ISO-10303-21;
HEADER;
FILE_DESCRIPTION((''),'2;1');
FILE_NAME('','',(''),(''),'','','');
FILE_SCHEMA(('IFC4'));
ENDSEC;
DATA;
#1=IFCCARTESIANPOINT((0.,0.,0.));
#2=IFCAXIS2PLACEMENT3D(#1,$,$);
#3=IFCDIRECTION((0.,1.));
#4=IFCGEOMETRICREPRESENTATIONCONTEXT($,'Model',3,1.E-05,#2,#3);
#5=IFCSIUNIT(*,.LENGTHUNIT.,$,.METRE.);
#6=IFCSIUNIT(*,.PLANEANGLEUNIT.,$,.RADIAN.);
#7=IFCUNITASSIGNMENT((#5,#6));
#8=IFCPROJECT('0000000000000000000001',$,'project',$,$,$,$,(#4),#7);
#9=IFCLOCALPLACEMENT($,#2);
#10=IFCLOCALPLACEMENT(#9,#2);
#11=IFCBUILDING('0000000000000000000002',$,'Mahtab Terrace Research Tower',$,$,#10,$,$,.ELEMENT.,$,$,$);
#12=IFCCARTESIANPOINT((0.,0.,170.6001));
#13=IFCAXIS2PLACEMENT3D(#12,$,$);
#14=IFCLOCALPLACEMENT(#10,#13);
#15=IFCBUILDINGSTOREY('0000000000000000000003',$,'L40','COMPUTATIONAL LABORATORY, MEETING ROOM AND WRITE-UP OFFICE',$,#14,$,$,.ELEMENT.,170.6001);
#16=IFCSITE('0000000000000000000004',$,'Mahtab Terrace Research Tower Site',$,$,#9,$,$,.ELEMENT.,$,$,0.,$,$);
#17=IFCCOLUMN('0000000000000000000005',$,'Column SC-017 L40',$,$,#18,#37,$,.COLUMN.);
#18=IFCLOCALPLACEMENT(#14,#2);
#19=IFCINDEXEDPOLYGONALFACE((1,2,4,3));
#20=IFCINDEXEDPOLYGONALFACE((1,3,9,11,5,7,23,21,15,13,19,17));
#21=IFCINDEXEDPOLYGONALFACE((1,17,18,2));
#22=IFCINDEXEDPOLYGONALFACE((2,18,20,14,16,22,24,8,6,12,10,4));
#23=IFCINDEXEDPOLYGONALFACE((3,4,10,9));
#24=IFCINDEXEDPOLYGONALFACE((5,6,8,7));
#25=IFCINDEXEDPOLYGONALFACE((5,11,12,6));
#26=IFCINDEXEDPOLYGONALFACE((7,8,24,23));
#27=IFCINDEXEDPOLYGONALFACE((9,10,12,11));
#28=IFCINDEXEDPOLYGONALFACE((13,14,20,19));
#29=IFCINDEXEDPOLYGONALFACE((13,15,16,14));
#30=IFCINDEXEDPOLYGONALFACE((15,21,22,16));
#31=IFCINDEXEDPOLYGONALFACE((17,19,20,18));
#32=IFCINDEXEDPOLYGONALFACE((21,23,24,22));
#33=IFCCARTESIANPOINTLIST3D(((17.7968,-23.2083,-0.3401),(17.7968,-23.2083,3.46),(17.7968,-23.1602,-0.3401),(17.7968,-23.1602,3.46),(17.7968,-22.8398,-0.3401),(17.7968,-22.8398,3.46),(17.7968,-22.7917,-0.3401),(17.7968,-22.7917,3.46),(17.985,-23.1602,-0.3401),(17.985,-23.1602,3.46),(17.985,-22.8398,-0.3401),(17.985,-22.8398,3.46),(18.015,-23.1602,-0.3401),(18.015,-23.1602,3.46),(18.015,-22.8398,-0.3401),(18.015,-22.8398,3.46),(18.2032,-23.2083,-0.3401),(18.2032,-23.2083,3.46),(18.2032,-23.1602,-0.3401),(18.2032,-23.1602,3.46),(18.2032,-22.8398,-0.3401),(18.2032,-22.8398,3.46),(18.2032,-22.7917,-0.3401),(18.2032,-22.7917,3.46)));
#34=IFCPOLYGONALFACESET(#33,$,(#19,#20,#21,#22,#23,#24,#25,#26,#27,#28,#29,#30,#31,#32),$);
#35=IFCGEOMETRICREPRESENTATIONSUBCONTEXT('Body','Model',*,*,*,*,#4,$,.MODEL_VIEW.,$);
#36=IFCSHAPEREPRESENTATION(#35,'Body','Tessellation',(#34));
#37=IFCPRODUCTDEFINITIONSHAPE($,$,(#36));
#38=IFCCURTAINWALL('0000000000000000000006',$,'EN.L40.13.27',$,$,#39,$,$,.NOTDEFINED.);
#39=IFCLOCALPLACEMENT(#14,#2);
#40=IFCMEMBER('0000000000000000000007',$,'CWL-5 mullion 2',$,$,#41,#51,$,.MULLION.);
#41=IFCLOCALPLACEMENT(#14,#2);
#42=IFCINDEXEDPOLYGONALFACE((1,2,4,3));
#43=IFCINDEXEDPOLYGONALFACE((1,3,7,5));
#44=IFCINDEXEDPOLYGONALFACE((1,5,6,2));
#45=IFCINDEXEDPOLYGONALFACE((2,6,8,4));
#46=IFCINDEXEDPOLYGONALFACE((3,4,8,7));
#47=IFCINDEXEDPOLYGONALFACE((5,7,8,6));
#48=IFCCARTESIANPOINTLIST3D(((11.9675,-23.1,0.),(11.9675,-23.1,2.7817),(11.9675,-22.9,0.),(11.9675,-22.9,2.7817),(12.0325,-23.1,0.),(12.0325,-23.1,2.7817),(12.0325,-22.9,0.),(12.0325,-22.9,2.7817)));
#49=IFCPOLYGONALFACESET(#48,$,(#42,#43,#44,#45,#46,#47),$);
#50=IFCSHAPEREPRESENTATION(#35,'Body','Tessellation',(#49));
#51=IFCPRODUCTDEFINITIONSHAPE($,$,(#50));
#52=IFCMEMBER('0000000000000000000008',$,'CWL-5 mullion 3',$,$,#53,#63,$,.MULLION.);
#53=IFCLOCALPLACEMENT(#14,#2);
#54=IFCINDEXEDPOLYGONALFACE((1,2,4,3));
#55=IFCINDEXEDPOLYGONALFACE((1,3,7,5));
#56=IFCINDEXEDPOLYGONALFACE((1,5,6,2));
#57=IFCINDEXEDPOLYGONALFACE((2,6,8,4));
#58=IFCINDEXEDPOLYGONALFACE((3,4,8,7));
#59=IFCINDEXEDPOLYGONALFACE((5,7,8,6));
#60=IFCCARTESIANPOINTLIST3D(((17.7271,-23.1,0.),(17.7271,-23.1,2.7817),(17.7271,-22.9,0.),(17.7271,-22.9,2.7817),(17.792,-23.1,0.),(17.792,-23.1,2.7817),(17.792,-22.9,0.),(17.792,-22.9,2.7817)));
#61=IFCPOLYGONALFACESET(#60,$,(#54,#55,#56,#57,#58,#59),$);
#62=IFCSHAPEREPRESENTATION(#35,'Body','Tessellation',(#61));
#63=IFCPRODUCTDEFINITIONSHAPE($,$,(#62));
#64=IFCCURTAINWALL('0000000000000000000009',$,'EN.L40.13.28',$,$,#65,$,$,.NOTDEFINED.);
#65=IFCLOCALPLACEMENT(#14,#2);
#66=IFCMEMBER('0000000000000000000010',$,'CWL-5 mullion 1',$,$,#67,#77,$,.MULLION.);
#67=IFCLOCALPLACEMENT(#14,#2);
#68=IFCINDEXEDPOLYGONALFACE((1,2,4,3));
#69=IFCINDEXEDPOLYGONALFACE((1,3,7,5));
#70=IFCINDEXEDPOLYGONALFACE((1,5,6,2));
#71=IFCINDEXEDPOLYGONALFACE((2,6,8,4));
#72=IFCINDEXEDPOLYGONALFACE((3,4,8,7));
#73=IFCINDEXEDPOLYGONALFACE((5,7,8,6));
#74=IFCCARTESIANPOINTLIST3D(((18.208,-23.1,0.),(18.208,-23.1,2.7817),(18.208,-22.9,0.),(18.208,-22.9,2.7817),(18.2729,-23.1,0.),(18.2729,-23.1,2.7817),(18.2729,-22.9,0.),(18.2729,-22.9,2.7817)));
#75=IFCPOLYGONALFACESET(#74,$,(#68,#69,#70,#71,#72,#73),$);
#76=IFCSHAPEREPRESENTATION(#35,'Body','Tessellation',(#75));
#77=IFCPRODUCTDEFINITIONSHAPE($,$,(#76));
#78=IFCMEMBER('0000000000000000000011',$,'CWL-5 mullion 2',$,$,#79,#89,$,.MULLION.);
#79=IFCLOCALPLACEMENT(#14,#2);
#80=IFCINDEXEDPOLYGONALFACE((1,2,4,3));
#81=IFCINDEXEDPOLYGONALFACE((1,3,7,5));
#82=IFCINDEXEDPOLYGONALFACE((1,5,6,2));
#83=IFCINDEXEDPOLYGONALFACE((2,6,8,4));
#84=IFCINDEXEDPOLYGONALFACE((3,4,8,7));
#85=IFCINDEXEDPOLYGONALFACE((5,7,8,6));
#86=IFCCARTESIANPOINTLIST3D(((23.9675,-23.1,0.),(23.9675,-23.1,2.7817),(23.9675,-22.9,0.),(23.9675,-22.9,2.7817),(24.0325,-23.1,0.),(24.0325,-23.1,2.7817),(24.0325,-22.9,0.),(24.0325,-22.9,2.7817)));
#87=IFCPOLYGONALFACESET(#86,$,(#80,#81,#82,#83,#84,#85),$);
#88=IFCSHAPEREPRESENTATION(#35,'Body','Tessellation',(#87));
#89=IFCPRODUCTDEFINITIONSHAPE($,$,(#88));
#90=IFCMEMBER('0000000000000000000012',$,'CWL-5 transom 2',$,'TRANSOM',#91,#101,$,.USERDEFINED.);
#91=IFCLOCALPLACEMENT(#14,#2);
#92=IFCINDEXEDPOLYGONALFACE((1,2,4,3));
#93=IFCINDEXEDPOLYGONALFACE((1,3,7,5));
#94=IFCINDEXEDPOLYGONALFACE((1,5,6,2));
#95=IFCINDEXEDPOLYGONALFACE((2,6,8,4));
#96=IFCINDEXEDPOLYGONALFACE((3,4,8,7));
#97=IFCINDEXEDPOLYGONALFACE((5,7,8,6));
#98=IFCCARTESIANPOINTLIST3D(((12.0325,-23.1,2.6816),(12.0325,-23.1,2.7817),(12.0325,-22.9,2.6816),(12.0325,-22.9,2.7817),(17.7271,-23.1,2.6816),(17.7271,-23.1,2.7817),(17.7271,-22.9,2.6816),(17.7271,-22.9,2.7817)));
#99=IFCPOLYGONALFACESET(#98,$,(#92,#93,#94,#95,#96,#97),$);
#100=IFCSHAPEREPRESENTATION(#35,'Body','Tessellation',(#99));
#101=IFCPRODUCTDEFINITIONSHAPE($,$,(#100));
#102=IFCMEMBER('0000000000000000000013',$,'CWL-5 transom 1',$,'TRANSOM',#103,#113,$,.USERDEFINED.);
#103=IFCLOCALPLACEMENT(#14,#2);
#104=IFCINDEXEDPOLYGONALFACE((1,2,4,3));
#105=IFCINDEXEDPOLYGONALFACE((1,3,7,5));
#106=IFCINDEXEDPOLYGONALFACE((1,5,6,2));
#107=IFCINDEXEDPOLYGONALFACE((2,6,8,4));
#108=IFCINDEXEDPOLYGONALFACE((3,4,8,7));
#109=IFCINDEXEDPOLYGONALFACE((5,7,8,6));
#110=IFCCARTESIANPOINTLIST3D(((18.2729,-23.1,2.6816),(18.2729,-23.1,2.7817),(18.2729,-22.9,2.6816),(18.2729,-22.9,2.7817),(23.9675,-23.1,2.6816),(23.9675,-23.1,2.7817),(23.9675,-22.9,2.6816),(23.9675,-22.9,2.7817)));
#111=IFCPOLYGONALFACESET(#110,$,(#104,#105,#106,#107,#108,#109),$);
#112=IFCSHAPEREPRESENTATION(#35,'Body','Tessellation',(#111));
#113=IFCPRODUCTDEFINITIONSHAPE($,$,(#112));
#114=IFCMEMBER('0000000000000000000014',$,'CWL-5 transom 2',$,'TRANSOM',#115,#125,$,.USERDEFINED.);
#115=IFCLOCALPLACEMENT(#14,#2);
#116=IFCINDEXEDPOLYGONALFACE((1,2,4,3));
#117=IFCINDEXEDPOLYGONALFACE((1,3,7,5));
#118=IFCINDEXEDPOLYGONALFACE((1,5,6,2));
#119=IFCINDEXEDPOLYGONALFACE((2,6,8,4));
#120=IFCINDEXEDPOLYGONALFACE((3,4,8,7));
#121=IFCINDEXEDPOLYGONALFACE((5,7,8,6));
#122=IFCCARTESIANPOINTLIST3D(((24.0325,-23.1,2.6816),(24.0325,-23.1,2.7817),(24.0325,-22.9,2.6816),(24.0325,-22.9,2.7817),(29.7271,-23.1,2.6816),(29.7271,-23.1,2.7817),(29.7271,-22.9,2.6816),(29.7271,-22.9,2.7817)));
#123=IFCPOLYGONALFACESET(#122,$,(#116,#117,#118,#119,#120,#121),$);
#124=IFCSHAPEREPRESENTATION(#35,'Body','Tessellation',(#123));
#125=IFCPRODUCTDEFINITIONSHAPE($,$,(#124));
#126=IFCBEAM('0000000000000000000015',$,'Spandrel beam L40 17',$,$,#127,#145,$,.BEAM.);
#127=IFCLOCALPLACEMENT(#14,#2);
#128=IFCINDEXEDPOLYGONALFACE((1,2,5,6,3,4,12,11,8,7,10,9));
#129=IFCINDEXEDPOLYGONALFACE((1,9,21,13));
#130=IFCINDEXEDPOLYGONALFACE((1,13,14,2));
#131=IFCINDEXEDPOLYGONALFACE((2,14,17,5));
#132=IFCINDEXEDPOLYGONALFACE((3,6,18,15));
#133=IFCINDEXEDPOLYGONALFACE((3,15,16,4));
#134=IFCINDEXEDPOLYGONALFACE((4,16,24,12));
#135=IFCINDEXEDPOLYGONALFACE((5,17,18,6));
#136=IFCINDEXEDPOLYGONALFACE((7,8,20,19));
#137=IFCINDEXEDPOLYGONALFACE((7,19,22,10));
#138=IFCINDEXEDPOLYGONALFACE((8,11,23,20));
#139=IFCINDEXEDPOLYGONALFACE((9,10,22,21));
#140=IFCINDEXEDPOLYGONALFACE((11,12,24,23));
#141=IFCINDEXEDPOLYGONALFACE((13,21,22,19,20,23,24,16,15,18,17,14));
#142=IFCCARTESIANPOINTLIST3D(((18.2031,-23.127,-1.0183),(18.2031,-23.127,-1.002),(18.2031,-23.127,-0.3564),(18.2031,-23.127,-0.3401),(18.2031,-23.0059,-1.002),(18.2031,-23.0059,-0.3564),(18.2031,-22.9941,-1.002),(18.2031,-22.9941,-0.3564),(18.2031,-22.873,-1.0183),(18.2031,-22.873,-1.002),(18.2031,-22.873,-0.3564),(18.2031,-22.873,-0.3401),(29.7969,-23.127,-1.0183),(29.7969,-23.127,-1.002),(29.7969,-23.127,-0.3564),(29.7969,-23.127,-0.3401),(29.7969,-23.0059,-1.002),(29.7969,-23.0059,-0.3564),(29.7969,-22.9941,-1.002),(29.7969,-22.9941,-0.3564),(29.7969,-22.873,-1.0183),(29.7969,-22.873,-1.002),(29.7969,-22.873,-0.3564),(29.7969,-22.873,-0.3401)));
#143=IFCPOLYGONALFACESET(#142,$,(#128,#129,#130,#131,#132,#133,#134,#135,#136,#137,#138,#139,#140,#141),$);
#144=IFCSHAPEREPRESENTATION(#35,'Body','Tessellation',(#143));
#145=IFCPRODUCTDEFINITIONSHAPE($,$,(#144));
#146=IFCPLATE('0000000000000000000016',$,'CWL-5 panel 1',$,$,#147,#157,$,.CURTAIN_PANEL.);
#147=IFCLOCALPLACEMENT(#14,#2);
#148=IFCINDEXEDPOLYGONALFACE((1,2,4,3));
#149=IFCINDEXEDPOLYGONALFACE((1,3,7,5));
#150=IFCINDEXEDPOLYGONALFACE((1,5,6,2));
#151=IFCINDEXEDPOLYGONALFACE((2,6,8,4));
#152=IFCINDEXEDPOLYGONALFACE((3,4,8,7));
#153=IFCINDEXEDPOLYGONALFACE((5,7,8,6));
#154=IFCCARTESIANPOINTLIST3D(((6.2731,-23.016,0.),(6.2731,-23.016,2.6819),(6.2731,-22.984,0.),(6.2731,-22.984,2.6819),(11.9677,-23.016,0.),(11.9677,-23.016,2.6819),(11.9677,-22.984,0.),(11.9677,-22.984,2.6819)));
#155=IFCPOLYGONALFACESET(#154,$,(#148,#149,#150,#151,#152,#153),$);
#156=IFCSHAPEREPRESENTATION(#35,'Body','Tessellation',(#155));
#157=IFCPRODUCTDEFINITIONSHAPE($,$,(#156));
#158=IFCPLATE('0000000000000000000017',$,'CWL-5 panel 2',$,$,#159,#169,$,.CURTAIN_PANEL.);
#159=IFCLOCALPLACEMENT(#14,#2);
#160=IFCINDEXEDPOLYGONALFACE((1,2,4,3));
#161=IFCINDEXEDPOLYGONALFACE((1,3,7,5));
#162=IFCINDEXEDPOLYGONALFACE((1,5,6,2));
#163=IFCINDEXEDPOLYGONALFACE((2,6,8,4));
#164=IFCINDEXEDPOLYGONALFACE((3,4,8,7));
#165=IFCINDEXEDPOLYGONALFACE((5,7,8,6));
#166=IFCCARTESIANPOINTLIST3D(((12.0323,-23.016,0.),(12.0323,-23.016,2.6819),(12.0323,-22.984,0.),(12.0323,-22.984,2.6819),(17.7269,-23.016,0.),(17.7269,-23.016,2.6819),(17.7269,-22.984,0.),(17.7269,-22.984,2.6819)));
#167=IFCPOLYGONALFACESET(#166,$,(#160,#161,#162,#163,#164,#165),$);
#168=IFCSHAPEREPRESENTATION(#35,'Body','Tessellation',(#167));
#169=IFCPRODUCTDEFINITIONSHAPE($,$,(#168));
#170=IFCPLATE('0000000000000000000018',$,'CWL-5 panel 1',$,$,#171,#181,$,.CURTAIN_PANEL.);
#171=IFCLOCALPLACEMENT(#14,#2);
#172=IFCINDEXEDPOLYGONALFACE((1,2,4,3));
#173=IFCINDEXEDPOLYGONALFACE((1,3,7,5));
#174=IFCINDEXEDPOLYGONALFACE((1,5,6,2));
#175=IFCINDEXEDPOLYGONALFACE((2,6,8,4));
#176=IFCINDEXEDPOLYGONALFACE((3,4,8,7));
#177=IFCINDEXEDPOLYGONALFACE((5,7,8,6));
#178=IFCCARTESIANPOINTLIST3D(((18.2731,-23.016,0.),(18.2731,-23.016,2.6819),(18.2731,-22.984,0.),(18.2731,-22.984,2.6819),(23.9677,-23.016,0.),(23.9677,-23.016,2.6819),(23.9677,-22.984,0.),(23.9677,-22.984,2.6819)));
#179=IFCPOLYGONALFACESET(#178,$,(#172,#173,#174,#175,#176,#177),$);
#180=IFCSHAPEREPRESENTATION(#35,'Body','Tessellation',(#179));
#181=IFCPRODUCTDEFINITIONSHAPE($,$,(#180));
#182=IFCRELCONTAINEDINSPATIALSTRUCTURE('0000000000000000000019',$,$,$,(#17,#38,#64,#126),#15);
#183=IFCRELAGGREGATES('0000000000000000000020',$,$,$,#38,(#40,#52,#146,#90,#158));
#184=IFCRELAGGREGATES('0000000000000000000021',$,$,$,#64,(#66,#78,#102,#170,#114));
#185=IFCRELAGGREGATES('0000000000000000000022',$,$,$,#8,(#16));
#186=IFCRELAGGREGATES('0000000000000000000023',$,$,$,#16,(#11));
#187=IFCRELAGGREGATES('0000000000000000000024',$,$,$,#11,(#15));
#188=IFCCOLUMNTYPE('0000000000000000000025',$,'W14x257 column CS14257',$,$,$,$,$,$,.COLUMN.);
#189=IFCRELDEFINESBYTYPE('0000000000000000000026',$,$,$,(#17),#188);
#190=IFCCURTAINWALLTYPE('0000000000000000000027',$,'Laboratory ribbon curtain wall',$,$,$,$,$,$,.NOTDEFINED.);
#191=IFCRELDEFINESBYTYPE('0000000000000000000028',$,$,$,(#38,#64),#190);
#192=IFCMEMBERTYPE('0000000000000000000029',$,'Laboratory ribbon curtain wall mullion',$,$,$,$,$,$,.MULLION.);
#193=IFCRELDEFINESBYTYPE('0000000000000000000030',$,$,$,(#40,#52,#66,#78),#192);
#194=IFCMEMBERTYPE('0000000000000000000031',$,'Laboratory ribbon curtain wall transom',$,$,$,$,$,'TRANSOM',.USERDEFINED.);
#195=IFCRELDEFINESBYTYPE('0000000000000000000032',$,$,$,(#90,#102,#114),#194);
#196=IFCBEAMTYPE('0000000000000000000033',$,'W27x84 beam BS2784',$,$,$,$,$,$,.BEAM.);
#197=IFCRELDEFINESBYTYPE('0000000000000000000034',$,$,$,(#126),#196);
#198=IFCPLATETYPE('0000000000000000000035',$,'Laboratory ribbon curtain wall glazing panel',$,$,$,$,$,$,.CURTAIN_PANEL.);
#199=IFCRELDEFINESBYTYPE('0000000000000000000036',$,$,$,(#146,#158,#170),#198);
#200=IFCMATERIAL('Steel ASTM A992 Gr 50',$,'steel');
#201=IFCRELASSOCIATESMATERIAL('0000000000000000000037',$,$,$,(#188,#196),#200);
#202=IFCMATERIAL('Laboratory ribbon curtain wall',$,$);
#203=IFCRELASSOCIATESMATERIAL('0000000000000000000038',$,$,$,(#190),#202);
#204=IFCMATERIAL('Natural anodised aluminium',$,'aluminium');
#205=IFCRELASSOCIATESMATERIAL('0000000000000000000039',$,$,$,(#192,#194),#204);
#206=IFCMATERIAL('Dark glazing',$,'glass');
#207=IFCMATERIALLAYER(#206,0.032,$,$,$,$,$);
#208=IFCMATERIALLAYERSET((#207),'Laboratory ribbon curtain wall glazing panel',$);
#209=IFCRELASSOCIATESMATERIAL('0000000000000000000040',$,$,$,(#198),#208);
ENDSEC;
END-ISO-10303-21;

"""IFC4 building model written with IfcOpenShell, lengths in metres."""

from ifc_helpers import new_model, si_unit, direction, frame, origin, origin_2d, place, context, subcontext, project, spatial, rectangle, i_section, extrude, material, layer, layer_set, material_profile, profile_set, type_object, element, aggregate, save


model = new_model("IFC4")

# Units and contexts
model_context = context("Model", 3, precision=1e-05, world=origin(), true_north=direction((0.0, 1.0)))
body_context = subcontext(model_context, "Body", "Model", "MODEL_VIEW")
ifc_project = project(units=[si_unit("LENGTHUNIT", "METRE"), si_unit("PLANEANGLEUNIT", "RADIAN")], contexts=[model_context])

# Site, building, storey
site_placement = place(None, origin())
site = spatial("IfcSite", under=ifc_project, at=site_placement, Name="Mahtab Terrace Research Tower Site", CompositionType="ELEMENT", RefElevation=0.0)
building_placement = place(site_placement, origin())
building = spatial("IfcBuilding", under=site, at=building_placement, Name="Mahtab Terrace Research Tower", CompositionType="ELEMENT")
storey_placement = place(building_placement, frame((0.0, 0.0, 170.6001)))
storey = spatial("IfcBuildingStorey", under=building, at=storey_placement, Name="L40", Description="COMPUTATIONAL LABORATORY, MEETING ROOM AND WRITE-UP OFFICE", CompositionType="ELEMENT", Elevation=170.6001)

# Column
ifc_material_1 = material(Name="Steel ASTM A992 Gr 50", Category="steel")
ifc_material_profile_1 = material_profile(ifc_material_1, i_section(OverallWidth=0.4065, OverallDepth=0.4165, WebThickness=0.03, FlangeThickness=0.0481, at=origin_2d()), Name="W14X257")
ifc_profile_set_1 = profile_set([ifc_material_profile_1], Name="Steel ASTM A992 Gr 50")
column_type = type_object("IfcColumnType", Name="W14x257 column CS14257", PredefinedType="COLUMN", material=ifc_profile_set_1)
column_placement = place(storey_placement, frame((18.0, -23.0, -0.3401), z_axis=(0.0, 0.0, 1.0), x_axis=(1.0, 0.0, 0.0)))
element("IfcColumn", 1, at=column_placement, inside=storey, type_object=column_type, Name="Column SC-017 L40", PredefinedType="COLUMN", context=body_context, shape_type="SweptSolid", body=[
    extrude(i_section(OverallWidth=0.4065, OverallDepth=0.4165, WebThickness=0.03, FlangeThickness=0.0481, at=origin_2d()), origin(), (0.0, 0.0, 1.0), 3.8),
])

# Curtain walls, members
ifc_material_2 = material(Name="Laboratory ribbon curtain wall")
curtain_wall_type = type_object("IfcCurtainWallType", Name="Laboratory ribbon curtain wall", PredefinedType="NOTDEFINED", material=ifc_material_2)
curtain_wall_1_placement = place(storey_placement, origin())
curtain_wall_1 = element("IfcCurtainWall", 2, at=curtain_wall_1_placement, inside=storey, type_object=curtain_wall_type, Name="EN.L40.13.27", PredefinedType="NOTDEFINED")
ifc_material_3 = material(Name="Natural anodised aluminium", Category="aluminium")
ifc_material_profile_2 = material_profile(ifc_material_3, rectangle(XDim=0.2, YDim=0.0649, at=origin_2d()), Name="MULLION 65x200")
ifc_profile_set_2 = profile_set([ifc_material_profile_2], Name="Natural anodised aluminium")
member_type_1 = type_object("IfcMemberType", Name="Laboratory ribbon curtain wall mullion", PredefinedType="MULLION", material=ifc_profile_set_2)
member_1_placement = place(storey_placement, frame((12.0, -23.0, 0.0), z_axis=(0.0, 0.0, 1.0), x_axis=(0.0, 1.0, 0.0)))
member_1 = element("IfcMember", 3, at=member_1_placement, type_object=member_type_1, Name="CWL-5 mullion 2", PredefinedType="MULLION", context=body_context, shape_type="SweptSolid", body=[
    extrude(rectangle(XDim=0.2, YDim=0.0649, at=origin_2d()), origin(), (0.0, 0.0, 1.0), 2.7817),
])
member_2_placement = place(storey_placement, frame((17.7595, -23.0, 0.0), z_axis=(0.0, 0.0, 1.0), x_axis=(0.0, 1.0, 0.0)))
member_2 = element("IfcMember", 4, at=member_2_placement, type_object=member_type_1, Name="CWL-5 mullion 3", PredefinedType="MULLION", context=body_context, shape_type="SweptSolid", body=[
    extrude(rectangle(XDim=0.2, YDim=0.0649, at=origin_2d()), origin(), (0.0, 0.0, 1.0), 2.7817),
])
curtain_wall_2_placement = place(storey_placement, origin())
curtain_wall_2 = element("IfcCurtainWall", 5, at=curtain_wall_2_placement, inside=storey, type_object=curtain_wall_type, Name="EN.L40.13.28", PredefinedType="NOTDEFINED")
member_3_placement = place(storey_placement, frame((18.2405, -23.0, 0.0), z_axis=(0.0, 0.0, 1.0), x_axis=(0.0, 1.0, 0.0)))
member_3 = element("IfcMember", 6, at=member_3_placement, type_object=member_type_1, Name="CWL-5 mullion 1", PredefinedType="MULLION", context=body_context, shape_type="SweptSolid", body=[
    extrude(rectangle(XDim=0.2, YDim=0.0649, at=origin_2d()), origin(), (0.0, 0.0, 1.0), 2.7817),
])
member_4_placement = place(storey_placement, frame((24.0, -23.0, 0.0), z_axis=(0.0, 0.0, 1.0), x_axis=(0.0, 1.0, 0.0)))
member_4 = element("IfcMember", 7, at=member_4_placement, type_object=member_type_1, Name="CWL-5 mullion 2", PredefinedType="MULLION", context=body_context, shape_type="SweptSolid", body=[
    extrude(rectangle(XDim=0.2, YDim=0.0649, at=origin_2d()), origin(), (0.0, 0.0, 1.0), 2.7817),
])

# Members
ifc_material_profile_3 = material_profile(ifc_material_3, rectangle(XDim=0.2, YDim=0.1001, at=origin_2d()), Name="TRANSOM 100x200")
ifc_profile_set_3 = profile_set([ifc_material_profile_3], Name="Natural anodised aluminium")
member_type_2 = type_object("IfcMemberType", Name="Laboratory ribbon curtain wall transom", ElementType="TRANSOM", PredefinedType="USERDEFINED", material=ifc_profile_set_3)
member_5_placement = place(storey_placement, frame((12.0325, -23.0, 2.7317), z_axis=(1.0, 0.0, 0.0), x_axis=(0.0, 1.0, 0.0)))
member_5 = element("IfcMember", 8, at=member_5_placement, type_object=member_type_2, Name="CWL-5 transom 2", ObjectType="TRANSOM", PredefinedType="USERDEFINED", context=body_context, shape_type="SweptSolid", body=[
    extrude(rectangle(XDim=0.2, YDim=0.1001, at=origin_2d()), origin(), (0.0, 0.0, 1.0), 5.6946),
])
member_6_placement = place(storey_placement, frame((18.2729, -23.0, 2.7317), z_axis=(1.0, 0.0, 0.0), x_axis=(0.0, 1.0, 0.0)))
member_6 = element("IfcMember", 9, at=member_6_placement, type_object=member_type_2, Name="CWL-5 transom 1", ObjectType="TRANSOM", PredefinedType="USERDEFINED", context=body_context, shape_type="SweptSolid", body=[
    extrude(rectangle(XDim=0.2, YDim=0.1001, at=origin_2d()), origin(), (0.0, 0.0, 1.0), 5.6946),
])
member_7_placement = place(storey_placement, frame((24.0325, -23.0, 2.7317), z_axis=(1.0, 0.0, 0.0), x_axis=(0.0, 1.0, 0.0)))
member_7 = element("IfcMember", 10, at=member_7_placement, type_object=member_type_2, Name="CWL-5 transom 2", ObjectType="TRANSOM", PredefinedType="USERDEFINED", context=body_context, shape_type="SweptSolid", body=[
    extrude(rectangle(XDim=0.2, YDim=0.1001, at=origin_2d()), origin(), (0.0, 0.0, 1.0), 5.6946),
])

# Beam
ifc_material_profile_4 = material_profile(ifc_material_1, i_section(OverallWidth=0.2539, OverallDepth=0.6782, WebThickness=0.0117, FlangeThickness=0.0164, at=origin_2d()), Name="W27X84")
ifc_profile_set_4 = profile_set([ifc_material_profile_4], Name="Steel ASTM A992 Gr 50")
beam_type = type_object("IfcBeamType", Name="W27x84 beam BS2784", PredefinedType="BEAM", material=ifc_profile_set_4)
beam_placement = place(storey_placement, frame((18.2031, -23.0, -0.6792), z_axis=(1.0, 0.0, 0.0), x_axis=(0.0, 1.0, 0.0)))
element("IfcBeam", 11, at=beam_placement, inside=storey, type_object=beam_type, Name="Spandrel beam L40 17", PredefinedType="BEAM", context=body_context, shape_type="SweptSolid", body=[
    extrude(i_section(OverallWidth=0.2539, OverallDepth=0.6782, WebThickness=0.0117, FlangeThickness=0.0164, at=origin_2d()), origin(), (0.0, 0.0, 1.0), 11.5938),
])

# Plates
ifc_material_4 = material(Name="Dark glazing", Category="glass")
ifc_layer = layer(ifc_material_4, 0.032)
ifc_layer_set = layer_set([ifc_layer], Name="Laboratory ribbon curtain wall glazing panel")
plate_type = type_object("IfcPlateType", Name="Laboratory ribbon curtain wall glazing panel", PredefinedType="CURTAIN_PANEL", material=ifc_layer_set)
plate_1_placement = place(storey_placement, frame((9.1204, -23.0, 0.0), z_axis=(0.0, 0.0, 1.0), x_axis=(1.0, 0.0, 0.0)))
plate_1 = element("IfcPlate", 12, at=plate_1_placement, type_object=plate_type, Name="CWL-5 panel 1", PredefinedType="CURTAIN_PANEL", context=body_context, shape_type="SweptSolid", body=[
    extrude(rectangle(XDim=5.6946, YDim=0.032, at=origin_2d()), origin(), (0.0, 0.0, 1.0), 2.6819),
])
plate_2_placement = place(storey_placement, frame((14.8796, -23.0, 0.0), z_axis=(0.0, 0.0, 1.0), x_axis=(1.0, 0.0, 0.0)))
plate_2 = element("IfcPlate", 13, at=plate_2_placement, type_object=plate_type, Name="CWL-5 panel 2", PredefinedType="CURTAIN_PANEL", context=body_context, shape_type="SweptSolid", body=[
    extrude(rectangle(XDim=5.6946, YDim=0.032, at=origin_2d()), origin(), (0.0, 0.0, 1.0), 2.6819),
])
aggregate(curtain_wall_1, [member_1, member_2, plate_1, member_5, plate_2])
plate_3_placement = place(storey_placement, frame((21.1204, -23.0, 0.0), z_axis=(0.0, 0.0, 1.0), x_axis=(1.0, 0.0, 0.0)))
plate_3 = element("IfcPlate", 14, at=plate_3_placement, type_object=plate_type, Name="CWL-5 panel 1", PredefinedType="CURTAIN_PANEL", context=body_context, shape_type="SweptSolid", body=[
    extrude(rectangle(XDim=5.6946, YDim=0.032, at=origin_2d()), origin(), (0.0, 0.0, 1.0), 2.6819),
])
aggregate(curtain_wall_2, [member_3, member_4, member_6, plate_3, member_7])

save(model, "model.ifc")
